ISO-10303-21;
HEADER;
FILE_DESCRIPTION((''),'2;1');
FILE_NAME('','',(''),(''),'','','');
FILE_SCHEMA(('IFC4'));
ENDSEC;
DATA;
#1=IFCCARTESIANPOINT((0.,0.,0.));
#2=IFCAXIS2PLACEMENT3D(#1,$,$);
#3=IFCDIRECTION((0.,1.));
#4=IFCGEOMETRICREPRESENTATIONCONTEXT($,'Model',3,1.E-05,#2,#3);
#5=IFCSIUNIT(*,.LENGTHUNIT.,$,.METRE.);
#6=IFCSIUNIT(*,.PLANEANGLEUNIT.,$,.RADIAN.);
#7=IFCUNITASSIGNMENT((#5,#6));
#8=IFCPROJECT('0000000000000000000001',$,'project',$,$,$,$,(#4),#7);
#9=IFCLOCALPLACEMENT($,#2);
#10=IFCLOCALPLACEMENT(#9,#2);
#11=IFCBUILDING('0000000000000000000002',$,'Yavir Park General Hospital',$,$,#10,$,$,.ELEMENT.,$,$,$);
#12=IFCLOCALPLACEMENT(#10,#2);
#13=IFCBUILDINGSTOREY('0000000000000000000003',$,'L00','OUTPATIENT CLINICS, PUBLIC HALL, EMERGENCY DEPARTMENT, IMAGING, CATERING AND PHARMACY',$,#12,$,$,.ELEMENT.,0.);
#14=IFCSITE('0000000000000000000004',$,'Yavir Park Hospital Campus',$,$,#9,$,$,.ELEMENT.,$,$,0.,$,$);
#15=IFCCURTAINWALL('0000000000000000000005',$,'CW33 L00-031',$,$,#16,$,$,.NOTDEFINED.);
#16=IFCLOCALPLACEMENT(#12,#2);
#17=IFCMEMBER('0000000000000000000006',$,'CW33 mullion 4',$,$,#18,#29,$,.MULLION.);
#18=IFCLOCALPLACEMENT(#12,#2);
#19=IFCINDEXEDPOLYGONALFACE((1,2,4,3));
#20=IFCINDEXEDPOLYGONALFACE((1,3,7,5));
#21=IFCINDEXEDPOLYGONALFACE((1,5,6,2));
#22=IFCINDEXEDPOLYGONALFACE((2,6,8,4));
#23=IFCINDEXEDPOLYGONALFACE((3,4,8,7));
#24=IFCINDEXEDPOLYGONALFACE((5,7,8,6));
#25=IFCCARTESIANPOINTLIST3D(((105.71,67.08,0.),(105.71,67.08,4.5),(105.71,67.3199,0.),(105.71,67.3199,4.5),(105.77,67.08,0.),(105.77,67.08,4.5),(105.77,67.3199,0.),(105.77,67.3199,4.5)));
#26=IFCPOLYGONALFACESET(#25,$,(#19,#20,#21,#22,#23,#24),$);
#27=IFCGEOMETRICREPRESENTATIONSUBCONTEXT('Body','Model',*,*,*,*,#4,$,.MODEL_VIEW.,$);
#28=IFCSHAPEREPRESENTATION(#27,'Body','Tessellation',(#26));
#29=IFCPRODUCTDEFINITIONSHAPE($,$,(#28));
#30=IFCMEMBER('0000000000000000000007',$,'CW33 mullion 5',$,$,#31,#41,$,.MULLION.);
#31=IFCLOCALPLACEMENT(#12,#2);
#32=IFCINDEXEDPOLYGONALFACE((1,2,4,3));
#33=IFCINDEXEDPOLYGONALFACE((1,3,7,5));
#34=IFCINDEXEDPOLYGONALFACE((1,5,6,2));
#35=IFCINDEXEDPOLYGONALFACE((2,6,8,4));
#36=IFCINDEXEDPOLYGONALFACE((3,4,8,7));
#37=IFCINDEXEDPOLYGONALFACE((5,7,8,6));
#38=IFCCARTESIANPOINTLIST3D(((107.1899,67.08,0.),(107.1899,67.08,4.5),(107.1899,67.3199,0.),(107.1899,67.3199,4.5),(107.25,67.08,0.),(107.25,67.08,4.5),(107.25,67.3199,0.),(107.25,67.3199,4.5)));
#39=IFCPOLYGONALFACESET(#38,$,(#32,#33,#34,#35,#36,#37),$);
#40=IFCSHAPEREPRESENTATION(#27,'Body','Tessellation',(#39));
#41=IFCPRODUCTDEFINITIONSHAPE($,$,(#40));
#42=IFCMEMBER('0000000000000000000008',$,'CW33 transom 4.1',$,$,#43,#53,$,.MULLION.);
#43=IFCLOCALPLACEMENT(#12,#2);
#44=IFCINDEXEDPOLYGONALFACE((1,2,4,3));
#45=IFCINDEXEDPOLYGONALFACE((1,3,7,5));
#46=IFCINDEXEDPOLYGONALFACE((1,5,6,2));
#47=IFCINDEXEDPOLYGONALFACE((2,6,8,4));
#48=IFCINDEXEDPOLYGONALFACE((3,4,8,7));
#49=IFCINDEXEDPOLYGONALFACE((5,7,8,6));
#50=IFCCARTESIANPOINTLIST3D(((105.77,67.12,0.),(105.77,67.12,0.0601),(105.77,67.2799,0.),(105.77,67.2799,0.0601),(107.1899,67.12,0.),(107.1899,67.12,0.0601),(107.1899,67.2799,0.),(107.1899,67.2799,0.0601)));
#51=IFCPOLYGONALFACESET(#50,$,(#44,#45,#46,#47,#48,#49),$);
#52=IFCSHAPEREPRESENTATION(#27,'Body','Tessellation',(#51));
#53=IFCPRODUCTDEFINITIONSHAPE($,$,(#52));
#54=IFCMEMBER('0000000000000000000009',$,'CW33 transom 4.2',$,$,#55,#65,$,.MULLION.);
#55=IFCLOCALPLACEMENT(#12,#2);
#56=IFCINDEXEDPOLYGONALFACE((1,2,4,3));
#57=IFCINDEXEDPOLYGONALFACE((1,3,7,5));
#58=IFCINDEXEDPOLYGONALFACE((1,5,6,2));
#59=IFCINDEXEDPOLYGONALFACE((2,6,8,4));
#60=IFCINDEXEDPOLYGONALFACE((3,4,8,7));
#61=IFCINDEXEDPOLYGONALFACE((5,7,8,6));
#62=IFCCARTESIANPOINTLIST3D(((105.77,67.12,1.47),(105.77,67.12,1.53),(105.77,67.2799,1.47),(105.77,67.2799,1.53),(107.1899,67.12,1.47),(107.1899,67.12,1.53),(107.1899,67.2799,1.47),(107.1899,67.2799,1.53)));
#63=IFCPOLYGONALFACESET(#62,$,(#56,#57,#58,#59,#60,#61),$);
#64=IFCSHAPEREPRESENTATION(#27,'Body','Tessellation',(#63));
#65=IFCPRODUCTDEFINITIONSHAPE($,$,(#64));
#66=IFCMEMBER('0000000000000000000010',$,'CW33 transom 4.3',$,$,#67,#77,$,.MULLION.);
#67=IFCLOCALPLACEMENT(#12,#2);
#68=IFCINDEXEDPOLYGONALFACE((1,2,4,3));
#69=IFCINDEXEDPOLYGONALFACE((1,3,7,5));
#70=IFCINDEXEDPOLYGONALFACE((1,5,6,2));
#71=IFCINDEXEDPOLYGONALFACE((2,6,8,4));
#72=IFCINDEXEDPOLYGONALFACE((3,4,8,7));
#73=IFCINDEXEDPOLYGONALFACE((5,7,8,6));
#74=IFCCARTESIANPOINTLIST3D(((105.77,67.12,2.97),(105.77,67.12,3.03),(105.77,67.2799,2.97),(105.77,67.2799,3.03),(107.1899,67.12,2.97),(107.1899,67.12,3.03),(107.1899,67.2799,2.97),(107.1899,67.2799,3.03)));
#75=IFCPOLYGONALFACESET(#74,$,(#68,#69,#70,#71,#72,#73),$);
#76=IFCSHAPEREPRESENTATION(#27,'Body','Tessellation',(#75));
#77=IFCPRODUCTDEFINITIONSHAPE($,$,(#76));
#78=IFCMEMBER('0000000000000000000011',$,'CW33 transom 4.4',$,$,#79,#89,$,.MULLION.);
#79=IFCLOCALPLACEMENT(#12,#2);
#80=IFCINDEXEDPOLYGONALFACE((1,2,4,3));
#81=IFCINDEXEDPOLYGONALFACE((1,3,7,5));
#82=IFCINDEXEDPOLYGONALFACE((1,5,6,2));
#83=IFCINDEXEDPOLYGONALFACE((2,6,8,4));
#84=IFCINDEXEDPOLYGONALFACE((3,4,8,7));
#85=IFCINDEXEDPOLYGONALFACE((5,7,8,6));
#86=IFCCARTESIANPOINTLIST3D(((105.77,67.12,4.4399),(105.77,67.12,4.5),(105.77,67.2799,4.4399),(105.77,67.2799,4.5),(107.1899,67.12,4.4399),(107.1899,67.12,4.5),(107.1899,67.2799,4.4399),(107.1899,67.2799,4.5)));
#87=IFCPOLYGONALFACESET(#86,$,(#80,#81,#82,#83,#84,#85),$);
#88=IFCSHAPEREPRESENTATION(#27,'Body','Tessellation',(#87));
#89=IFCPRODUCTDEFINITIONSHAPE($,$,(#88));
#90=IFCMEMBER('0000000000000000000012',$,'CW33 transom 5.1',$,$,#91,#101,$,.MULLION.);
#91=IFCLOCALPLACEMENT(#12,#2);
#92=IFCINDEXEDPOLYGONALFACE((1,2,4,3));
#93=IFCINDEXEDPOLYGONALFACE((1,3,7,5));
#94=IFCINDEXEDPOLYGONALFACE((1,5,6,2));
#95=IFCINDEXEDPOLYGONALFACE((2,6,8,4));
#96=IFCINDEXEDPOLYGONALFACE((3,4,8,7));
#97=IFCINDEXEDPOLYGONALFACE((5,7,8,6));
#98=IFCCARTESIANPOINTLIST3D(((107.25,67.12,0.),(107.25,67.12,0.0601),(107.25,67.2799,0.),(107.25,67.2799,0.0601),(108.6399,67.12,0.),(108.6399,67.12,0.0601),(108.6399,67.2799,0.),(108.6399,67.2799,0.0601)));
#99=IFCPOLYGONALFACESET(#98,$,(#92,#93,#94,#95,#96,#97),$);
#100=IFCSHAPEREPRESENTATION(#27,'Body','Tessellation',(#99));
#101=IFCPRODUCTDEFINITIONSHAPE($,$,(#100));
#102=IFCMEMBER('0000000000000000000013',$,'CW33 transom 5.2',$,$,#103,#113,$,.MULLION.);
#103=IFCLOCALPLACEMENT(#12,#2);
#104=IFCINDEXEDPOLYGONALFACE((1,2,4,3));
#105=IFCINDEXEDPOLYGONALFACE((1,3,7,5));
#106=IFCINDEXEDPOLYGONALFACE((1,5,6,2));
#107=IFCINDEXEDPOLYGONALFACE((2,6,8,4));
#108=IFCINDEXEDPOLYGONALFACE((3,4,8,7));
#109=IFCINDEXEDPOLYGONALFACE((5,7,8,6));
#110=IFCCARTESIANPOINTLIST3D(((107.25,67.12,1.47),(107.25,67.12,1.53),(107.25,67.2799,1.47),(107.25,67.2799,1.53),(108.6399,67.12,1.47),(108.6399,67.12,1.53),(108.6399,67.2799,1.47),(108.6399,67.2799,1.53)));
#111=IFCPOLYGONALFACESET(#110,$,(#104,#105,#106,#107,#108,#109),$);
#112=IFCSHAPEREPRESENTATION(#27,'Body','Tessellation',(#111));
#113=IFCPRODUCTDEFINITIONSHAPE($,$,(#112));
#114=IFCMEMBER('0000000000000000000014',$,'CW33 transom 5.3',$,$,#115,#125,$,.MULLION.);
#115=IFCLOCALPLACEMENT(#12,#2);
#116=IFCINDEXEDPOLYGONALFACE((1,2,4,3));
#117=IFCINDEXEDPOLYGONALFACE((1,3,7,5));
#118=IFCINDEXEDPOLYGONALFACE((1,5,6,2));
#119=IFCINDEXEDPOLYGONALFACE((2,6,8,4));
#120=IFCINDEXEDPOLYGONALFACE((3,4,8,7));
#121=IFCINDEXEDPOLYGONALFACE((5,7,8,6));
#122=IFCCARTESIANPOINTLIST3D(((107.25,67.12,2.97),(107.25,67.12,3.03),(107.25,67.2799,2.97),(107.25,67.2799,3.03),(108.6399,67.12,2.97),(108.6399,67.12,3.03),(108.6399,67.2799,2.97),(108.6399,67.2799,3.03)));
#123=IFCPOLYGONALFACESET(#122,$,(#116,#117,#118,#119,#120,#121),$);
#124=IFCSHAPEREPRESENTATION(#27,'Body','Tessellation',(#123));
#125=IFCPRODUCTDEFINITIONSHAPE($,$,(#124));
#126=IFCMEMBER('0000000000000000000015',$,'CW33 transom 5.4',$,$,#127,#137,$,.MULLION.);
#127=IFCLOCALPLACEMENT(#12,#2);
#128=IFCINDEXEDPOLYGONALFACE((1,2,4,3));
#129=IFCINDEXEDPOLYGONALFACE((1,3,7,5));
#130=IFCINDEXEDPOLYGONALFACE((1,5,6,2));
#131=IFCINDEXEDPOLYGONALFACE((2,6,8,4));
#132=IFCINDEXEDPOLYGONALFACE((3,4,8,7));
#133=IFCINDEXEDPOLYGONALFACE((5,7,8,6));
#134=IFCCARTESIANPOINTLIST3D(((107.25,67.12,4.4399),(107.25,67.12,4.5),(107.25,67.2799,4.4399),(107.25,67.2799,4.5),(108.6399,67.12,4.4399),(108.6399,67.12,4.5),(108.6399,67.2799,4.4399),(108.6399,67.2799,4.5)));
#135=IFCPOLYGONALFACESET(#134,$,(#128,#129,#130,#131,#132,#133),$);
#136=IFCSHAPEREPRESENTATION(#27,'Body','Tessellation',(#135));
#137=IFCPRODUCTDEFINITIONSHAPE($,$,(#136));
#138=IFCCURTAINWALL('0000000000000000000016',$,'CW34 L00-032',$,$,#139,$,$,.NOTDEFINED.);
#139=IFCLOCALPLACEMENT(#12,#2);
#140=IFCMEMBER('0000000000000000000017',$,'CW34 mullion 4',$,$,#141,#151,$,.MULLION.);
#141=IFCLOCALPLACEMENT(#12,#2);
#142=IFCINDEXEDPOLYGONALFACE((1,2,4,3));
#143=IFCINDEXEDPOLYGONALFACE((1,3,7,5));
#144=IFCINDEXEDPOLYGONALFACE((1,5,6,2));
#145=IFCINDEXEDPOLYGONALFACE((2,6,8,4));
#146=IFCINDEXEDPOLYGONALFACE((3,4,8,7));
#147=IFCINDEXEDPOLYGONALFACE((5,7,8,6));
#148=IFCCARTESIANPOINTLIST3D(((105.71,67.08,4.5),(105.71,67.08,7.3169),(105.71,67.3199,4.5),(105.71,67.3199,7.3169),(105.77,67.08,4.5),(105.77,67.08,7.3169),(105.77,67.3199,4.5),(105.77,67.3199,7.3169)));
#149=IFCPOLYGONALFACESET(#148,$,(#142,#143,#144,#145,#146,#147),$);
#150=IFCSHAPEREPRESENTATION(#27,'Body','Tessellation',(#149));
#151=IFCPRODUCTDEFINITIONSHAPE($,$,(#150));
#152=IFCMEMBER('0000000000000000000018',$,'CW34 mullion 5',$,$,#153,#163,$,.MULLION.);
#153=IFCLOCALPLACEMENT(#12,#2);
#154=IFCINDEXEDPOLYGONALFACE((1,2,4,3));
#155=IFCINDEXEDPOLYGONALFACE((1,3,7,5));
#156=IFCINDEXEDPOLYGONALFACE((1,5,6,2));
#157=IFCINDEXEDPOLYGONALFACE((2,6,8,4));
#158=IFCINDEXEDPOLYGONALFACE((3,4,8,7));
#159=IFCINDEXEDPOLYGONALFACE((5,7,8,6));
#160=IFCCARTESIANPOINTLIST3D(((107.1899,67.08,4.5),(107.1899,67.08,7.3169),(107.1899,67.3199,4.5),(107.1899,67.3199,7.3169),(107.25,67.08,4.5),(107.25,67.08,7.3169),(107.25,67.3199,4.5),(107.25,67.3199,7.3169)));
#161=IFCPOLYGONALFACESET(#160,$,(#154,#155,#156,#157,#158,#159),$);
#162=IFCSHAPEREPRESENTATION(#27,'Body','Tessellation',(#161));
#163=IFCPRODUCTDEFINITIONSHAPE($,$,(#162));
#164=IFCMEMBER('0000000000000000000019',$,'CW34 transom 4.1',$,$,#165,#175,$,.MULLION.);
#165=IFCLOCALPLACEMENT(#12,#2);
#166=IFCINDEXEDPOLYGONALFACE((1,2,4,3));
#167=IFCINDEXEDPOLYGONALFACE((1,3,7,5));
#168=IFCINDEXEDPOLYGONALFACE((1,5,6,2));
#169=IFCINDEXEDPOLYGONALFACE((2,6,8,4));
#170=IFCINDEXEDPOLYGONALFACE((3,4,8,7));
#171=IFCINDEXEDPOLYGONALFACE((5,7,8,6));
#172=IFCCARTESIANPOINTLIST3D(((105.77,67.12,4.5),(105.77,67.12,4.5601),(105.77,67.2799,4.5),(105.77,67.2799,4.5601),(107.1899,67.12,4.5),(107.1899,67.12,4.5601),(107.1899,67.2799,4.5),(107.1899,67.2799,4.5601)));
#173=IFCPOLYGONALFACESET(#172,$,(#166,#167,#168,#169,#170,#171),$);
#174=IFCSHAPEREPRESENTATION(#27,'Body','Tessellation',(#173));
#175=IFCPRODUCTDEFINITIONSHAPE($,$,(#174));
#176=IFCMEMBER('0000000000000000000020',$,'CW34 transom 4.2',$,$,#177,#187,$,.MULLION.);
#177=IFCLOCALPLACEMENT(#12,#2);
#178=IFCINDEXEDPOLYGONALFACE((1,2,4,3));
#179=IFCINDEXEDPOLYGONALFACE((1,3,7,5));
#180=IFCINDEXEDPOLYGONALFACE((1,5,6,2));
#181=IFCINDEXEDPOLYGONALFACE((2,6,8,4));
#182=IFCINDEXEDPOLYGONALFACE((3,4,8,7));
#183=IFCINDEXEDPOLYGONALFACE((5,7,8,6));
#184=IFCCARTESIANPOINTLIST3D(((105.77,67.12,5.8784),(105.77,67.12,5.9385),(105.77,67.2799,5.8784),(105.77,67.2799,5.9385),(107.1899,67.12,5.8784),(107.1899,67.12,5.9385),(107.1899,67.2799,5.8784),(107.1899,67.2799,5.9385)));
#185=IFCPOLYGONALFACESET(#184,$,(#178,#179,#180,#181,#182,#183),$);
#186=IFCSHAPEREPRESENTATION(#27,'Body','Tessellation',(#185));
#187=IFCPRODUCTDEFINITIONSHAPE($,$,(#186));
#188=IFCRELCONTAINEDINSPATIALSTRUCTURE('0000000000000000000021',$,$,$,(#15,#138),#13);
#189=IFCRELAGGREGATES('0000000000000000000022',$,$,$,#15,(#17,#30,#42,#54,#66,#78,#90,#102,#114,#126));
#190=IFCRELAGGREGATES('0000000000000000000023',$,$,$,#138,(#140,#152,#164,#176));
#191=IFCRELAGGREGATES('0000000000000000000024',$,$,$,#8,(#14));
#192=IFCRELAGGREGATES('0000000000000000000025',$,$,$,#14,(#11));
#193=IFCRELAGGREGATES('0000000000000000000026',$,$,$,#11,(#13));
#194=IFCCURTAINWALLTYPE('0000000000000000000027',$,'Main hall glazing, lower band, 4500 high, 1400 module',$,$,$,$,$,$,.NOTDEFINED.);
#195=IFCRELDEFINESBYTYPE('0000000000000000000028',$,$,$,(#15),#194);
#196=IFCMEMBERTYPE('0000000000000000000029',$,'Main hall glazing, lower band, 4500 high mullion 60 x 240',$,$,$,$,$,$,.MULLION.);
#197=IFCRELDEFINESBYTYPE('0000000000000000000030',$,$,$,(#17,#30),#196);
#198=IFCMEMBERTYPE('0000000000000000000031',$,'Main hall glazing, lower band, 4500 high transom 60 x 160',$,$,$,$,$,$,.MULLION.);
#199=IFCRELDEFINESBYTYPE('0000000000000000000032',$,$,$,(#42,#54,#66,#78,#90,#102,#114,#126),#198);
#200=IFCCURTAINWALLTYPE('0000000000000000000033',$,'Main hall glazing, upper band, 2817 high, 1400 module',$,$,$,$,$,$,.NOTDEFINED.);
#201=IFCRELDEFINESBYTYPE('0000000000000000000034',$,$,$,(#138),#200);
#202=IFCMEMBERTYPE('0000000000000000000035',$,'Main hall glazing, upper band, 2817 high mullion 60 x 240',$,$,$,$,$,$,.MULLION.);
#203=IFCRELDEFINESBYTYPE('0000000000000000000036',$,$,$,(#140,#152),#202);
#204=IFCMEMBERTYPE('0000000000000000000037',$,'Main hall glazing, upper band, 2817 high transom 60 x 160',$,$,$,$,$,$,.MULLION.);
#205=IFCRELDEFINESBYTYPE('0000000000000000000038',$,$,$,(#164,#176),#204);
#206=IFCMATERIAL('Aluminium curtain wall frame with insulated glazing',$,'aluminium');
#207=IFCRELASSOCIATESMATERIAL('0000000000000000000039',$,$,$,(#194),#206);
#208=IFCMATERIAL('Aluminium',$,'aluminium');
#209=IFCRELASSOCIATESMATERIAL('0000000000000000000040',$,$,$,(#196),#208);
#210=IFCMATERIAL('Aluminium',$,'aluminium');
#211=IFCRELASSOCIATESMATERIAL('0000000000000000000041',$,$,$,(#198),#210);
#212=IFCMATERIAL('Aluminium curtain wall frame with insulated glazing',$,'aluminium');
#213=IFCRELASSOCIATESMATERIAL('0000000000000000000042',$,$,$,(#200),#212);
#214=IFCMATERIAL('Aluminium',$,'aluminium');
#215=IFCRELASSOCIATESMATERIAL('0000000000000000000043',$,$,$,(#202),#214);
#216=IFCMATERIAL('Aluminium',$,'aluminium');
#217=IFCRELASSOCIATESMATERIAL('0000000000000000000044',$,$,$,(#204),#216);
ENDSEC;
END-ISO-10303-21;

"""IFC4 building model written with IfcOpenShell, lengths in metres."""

from ifc_helpers import new_model, si_unit, direction, frame, origin, origin_2d, place, context, subcontext, project, spatial, rectangle, extrude, material, material_profile, profile_set, type_object, element, aggregate, save


model = new_model("IFC4")

# Units and contexts
model_context = context("Model", 3, precision=1e-05, world=origin(), true_north=direction((0.0, 1.0)))
body_context = subcontext(model_context, "Body", "Model", "MODEL_VIEW")
ifc_project = project(units=[si_unit("LENGTHUNIT", "METRE"), si_unit("PLANEANGLEUNIT", "RADIAN")], contexts=[model_context])

# Site, building, storey
site_placement = place(None, origin())
site = spatial("IfcSite", under=ifc_project, at=site_placement, Name="Yavir Park Hospital Campus", CompositionType="ELEMENT", RefElevation=0.0)
building_placement = place(site_placement, origin())
building = spatial("IfcBuilding", under=site, at=building_placement, Name="Yavir Park General Hospital", CompositionType="ELEMENT")
storey_placement = place(building_placement, origin())
storey = spatial("IfcBuildingStorey", under=building, at=storey_placement, Name="L00", Description="OUTPATIENT CLINICS, PUBLIC HALL, EMERGENCY DEPARTMENT, IMAGING, CATERING AND PHARMACY", CompositionType="ELEMENT", Elevation=0.0)

# Curtain walls, members
ifc_material_1 = material(Name="Aluminium curtain wall frame with insulated glazing", Category="aluminium")
curtain_wall_type_1 = type_object("IfcCurtainWallType", Name="Main hall glazing, lower band, 4500 high, 1400 module", PredefinedType="NOTDEFINED", material=ifc_material_1)
curtain_wall_1_placement = place(storey_placement, origin())
curtain_wall_1 = element("IfcCurtainWall", 1, at=curtain_wall_1_placement, inside=storey, type_object=curtain_wall_type_1, Name="CW33 L00-031", PredefinedType="NOTDEFINED")
ifc_material_2 = material(Name="Aluminium", Category="aluminium")
ifc_material_profile_1 = material_profile(ifc_material_2, rectangle(XDim=0.24, YDim=0.0601, at=origin_2d()), Name="AL 60x240")
ifc_profile_set_1 = profile_set([ifc_material_profile_1], Name="Aluminium")
member_type_1 = type_object("IfcMemberType", Name="Main hall glazing, lower band, 4500 high mullion 60 x 240", PredefinedType="MULLION", material=ifc_profile_set_1)
member_1_placement = place(storey_placement, frame((105.74, 67.2, 0.0), z_axis=(0.0, 0.0, 1.0), x_axis=(0.0, 1.0, 0.0)))
member_1 = element("IfcMember", 2, at=member_1_placement, type_object=member_type_1, Name="CW33 mullion 4", PredefinedType="MULLION", context=body_context, shape_type="SweptSolid", body=[
    extrude(rectangle(XDim=0.24, YDim=0.0601, at=origin_2d()), origin(), (0.0, 0.0, 1.0), 4.5),
])
member_2_placement = place(storey_placement, frame((107.22, 67.2, 0.0), z_axis=(0.0, 0.0, 1.0), x_axis=(0.0, 1.0, 0.0)))
member_2 = element("IfcMember", 3, at=member_2_placement, type_object=member_type_1, Name="CW33 mullion 5", PredefinedType="MULLION", context=body_context, shape_type="SweptSolid", body=[
    extrude(rectangle(XDim=0.24, YDim=0.0601, at=origin_2d()), origin(), (0.0, 0.0, 1.0), 4.5),
])
ifc_material_3 = material(Name="Aluminium", Category="aluminium")
ifc_material_profile_2 = material_profile(ifc_material_3, rectangle(XDim=0.1599, YDim=0.0601, at=origin_2d()), Name="AL 160x60")
ifc_profile_set_2 = profile_set([ifc_material_profile_2], Name="Aluminium")
member_type_2 = type_object("IfcMemberType", Name="Main hall glazing, lower band, 4500 high transom 60 x 160", PredefinedType="MULLION", material=ifc_profile_set_2)
member_3_placement = place(storey_placement, frame((105.77, 67.2, 0.03), z_axis=(1.0, 0.0, 0.0), x_axis=(0.0, 1.0, 0.0)))
member_3 = element("IfcMember", 4, at=member_3_placement, type_object=member_type_2, Name="CW33 transom 4.1", PredefinedType="MULLION", context=body_context, shape_type="SweptSolid", body=[
    extrude(rectangle(XDim=0.1599, YDim=0.0601, at=origin_2d()), origin(), (0.0, 0.0, 1.0), 1.4199),
])
member_4_placement = place(storey_placement, frame((105.77, 67.2, 1.5), z_axis=(1.0, 0.0, 0.0), x_axis=(0.0, 1.0, 0.0)))
member_4 = element("IfcMember", 5, at=member_4_placement, type_object=member_type_2, Name="CW33 transom 4.2", PredefinedType="MULLION", context=body_context, shape_type="SweptSolid", body=[
    extrude(rectangle(XDim=0.1599, YDim=0.0601, at=origin_2d()), origin(), (0.0, 0.0, 1.0), 1.4199),
])
member_5_placement = place(storey_placement, frame((105.77, 67.2, 3.0), z_axis=(1.0, 0.0, 0.0), x_axis=(0.0, 1.0, 0.0)))
member_5 = element("IfcMember", 6, at=member_5_placement, type_object=member_type_2, Name="CW33 transom 4.3", PredefinedType="MULLION", context=body_context, shape_type="SweptSolid", body=[
    extrude(rectangle(XDim=0.1599, YDim=0.0601, at=origin_2d()), origin(), (0.0, 0.0, 1.0), 1.4199),
])
member_6_placement = place(storey_placement, frame((105.77, 67.2, 4.47), z_axis=(1.0, 0.0, 0.0), x_axis=(0.0, 1.0, 0.0)))
member_6 = element("IfcMember", 7, at=member_6_placement, type_object=member_type_2, Name="CW33 transom 4.4", PredefinedType="MULLION", context=body_context, shape_type="SweptSolid", body=[
    extrude(rectangle(XDim=0.1599, YDim=0.0601, at=origin_2d()), origin(), (0.0, 0.0, 1.0), 1.4199),
])
member_7_placement = place(storey_placement, frame((107.25, 67.2, 0.03), z_axis=(1.0, 0.0, 0.0), x_axis=(0.0, 1.0, 0.0)))
member_7 = element("IfcMember", 8, at=member_7_placement, type_object=member_type_2, Name="CW33 transom 5.1", PredefinedType="MULLION", context=body_context, shape_type="SweptSolid", body=[
    extrude(rectangle(XDim=0.1599, YDim=0.0601, at=origin_2d()), origin(), (0.0, 0.0, 1.0), 1.3899),
])
member_8_placement = place(storey_placement, frame((107.25, 67.2, 1.5), z_axis=(1.0, 0.0, 0.0), x_axis=(0.0, 1.0, 0.0)))
member_8 = element("IfcMember", 9, at=member_8_placement, type_object=member_type_2, Name="CW33 transom 5.2", PredefinedType="MULLION", context=body_context, shape_type="SweptSolid", body=[
    extrude(rectangle(XDim=0.1599, YDim=0.0601, at=origin_2d()), origin(), (0.0, 0.0, 1.0), 1.3899),
])
member_9_placement = place(storey_placement, frame((107.25, 67.2, 3.0), z_axis=(1.0, 0.0, 0.0), x_axis=(0.0, 1.0, 0.0)))
member_9 = element("IfcMember", 10, at=member_9_placement, type_object=member_type_2, Name="CW33 transom 5.3", PredefinedType="MULLION", context=body_context, shape_type="SweptSolid", body=[
    extrude(rectangle(XDim=0.1599, YDim=0.0601, at=origin_2d()), origin(), (0.0, 0.0, 1.0), 1.3899),
])
member_10_placement = place(storey_placement, frame((107.25, 67.2, 4.47), z_axis=(1.0, 0.0, 0.0), x_axis=(0.0, 1.0, 0.0)))
member_10 = element("IfcMember", 11, at=member_10_placement, type_object=member_type_2, Name="CW33 transom 5.4", PredefinedType="MULLION", context=body_context, shape_type="SweptSolid", body=[
    extrude(rectangle(XDim=0.1599, YDim=0.0601, at=origin_2d()), origin(), (0.0, 0.0, 1.0), 1.3899),
])
ifc_material_4 = material(Name="Aluminium curtain wall frame with insulated glazing", Category="aluminium")
curtain_wall_type_2 = type_object("IfcCurtainWallType", Name="Main hall glazing, upper band, 2817 high, 1400 module", PredefinedType="NOTDEFINED", material=ifc_material_4)
curtain_wall_2_placement = place(storey_placement, origin())
curtain_wall_2 = element("IfcCurtainWall", 12, at=curtain_wall_2_placement, inside=storey, type_object=curtain_wall_type_2, Name="CW34 L00-032", PredefinedType="NOTDEFINED")
ifc_material_5 = material(Name="Aluminium", Category="aluminium")
ifc_material_profile_3 = material_profile(ifc_material_5, rectangle(XDim=0.24, YDim=0.0601, at=origin_2d()), Name="AL 60x240")
ifc_profile_set_3 = profile_set([ifc_material_profile_3], Name="Aluminium")
member_type_3 = type_object("IfcMemberType", Name="Main hall glazing, upper band, 2817 high mullion 60 x 240", PredefinedType="MULLION", material=ifc_profile_set_3)
member_11_placement = place(storey_placement, frame((105.74, 67.2, 4.5), z_axis=(0.0, 0.0, 1.0), x_axis=(0.0, 1.0, 0.0)))
member_11 = element("IfcMember", 13, at=member_11_placement, type_object=member_type_3, Name="CW34 mullion 4", PredefinedType="MULLION", context=body_context, shape_type="SweptSolid", body=[
    extrude(rectangle(XDim=0.24, YDim=0.0601, at=origin_2d()), origin(), (0.0, 0.0, 1.0), 2.8169),
])
member_12_placement = place(storey_placement, frame((107.22, 67.2, 4.5), z_axis=(0.0, 0.0, 1.0), x_axis=(0.0, 1.0, 0.0)))
member_12 = element("IfcMember", 14, at=member_12_placement, type_object=member_type_3, Name="CW34 mullion 5", PredefinedType="MULLION", context=body_context, shape_type="SweptSolid", body=[
    extrude(rectangle(XDim=0.24, YDim=0.0601, at=origin_2d()), origin(), (0.0, 0.0, 1.0), 2.8169),
])
ifc_material_6 = material(Name="Aluminium", Category="aluminium")
ifc_material_profile_4 = material_profile(ifc_material_6, rectangle(XDim=0.1599, YDim=0.0601, at=origin_2d()), Name="AL 160x60")
ifc_profile_set_4 = profile_set([ifc_material_profile_4], Name="Aluminium")
member_type_4 = type_object("IfcMemberType", Name="Main hall glazing, upper band, 2817 high transom 60 x 160", PredefinedType="MULLION", material=ifc_profile_set_4)
member_13_placement = place(storey_placement, frame((105.77, 67.2, 4.53), z_axis=(1.0, 0.0, 0.0), x_axis=(0.0, 1.0, 0.0)))
member_13 = element("IfcMember", 15, at=member_13_placement, type_object=member_type_4, Name="CW34 transom 4.1", PredefinedType="MULLION", context=body_context, shape_type="SweptSolid", body=[
    extrude(rectangle(XDim=0.1599, YDim=0.0601, at=origin_2d()), origin(), (0.0, 0.0, 1.0), 1.4199),
])
member_14_placement = place(storey_placement, frame((105.77, 67.2, 5.9084), z_axis=(1.0, 0.0, 0.0), x_axis=(0.0, 1.0, 0.0)))
member_14 = element("IfcMember", 16, at=member_14_placement, type_object=member_type_4, Name="CW34 transom 4.2", PredefinedType="MULLION", context=body_context, shape_type="SweptSolid", body=[
    extrude(rectangle(XDim=0.1599, YDim=0.0601, at=origin_2d()), origin(), (0.0, 0.0, 1.0), 1.4199),
])

aggregate(curtain_wall_1, [member_1, member_2, member_3, member_4, member_5, member_6, member_7, member_8, member_9, member_10])
aggregate(curtain_wall_2, [member_11, member_12, member_13, member_14])

save(model, "model.ifc")
